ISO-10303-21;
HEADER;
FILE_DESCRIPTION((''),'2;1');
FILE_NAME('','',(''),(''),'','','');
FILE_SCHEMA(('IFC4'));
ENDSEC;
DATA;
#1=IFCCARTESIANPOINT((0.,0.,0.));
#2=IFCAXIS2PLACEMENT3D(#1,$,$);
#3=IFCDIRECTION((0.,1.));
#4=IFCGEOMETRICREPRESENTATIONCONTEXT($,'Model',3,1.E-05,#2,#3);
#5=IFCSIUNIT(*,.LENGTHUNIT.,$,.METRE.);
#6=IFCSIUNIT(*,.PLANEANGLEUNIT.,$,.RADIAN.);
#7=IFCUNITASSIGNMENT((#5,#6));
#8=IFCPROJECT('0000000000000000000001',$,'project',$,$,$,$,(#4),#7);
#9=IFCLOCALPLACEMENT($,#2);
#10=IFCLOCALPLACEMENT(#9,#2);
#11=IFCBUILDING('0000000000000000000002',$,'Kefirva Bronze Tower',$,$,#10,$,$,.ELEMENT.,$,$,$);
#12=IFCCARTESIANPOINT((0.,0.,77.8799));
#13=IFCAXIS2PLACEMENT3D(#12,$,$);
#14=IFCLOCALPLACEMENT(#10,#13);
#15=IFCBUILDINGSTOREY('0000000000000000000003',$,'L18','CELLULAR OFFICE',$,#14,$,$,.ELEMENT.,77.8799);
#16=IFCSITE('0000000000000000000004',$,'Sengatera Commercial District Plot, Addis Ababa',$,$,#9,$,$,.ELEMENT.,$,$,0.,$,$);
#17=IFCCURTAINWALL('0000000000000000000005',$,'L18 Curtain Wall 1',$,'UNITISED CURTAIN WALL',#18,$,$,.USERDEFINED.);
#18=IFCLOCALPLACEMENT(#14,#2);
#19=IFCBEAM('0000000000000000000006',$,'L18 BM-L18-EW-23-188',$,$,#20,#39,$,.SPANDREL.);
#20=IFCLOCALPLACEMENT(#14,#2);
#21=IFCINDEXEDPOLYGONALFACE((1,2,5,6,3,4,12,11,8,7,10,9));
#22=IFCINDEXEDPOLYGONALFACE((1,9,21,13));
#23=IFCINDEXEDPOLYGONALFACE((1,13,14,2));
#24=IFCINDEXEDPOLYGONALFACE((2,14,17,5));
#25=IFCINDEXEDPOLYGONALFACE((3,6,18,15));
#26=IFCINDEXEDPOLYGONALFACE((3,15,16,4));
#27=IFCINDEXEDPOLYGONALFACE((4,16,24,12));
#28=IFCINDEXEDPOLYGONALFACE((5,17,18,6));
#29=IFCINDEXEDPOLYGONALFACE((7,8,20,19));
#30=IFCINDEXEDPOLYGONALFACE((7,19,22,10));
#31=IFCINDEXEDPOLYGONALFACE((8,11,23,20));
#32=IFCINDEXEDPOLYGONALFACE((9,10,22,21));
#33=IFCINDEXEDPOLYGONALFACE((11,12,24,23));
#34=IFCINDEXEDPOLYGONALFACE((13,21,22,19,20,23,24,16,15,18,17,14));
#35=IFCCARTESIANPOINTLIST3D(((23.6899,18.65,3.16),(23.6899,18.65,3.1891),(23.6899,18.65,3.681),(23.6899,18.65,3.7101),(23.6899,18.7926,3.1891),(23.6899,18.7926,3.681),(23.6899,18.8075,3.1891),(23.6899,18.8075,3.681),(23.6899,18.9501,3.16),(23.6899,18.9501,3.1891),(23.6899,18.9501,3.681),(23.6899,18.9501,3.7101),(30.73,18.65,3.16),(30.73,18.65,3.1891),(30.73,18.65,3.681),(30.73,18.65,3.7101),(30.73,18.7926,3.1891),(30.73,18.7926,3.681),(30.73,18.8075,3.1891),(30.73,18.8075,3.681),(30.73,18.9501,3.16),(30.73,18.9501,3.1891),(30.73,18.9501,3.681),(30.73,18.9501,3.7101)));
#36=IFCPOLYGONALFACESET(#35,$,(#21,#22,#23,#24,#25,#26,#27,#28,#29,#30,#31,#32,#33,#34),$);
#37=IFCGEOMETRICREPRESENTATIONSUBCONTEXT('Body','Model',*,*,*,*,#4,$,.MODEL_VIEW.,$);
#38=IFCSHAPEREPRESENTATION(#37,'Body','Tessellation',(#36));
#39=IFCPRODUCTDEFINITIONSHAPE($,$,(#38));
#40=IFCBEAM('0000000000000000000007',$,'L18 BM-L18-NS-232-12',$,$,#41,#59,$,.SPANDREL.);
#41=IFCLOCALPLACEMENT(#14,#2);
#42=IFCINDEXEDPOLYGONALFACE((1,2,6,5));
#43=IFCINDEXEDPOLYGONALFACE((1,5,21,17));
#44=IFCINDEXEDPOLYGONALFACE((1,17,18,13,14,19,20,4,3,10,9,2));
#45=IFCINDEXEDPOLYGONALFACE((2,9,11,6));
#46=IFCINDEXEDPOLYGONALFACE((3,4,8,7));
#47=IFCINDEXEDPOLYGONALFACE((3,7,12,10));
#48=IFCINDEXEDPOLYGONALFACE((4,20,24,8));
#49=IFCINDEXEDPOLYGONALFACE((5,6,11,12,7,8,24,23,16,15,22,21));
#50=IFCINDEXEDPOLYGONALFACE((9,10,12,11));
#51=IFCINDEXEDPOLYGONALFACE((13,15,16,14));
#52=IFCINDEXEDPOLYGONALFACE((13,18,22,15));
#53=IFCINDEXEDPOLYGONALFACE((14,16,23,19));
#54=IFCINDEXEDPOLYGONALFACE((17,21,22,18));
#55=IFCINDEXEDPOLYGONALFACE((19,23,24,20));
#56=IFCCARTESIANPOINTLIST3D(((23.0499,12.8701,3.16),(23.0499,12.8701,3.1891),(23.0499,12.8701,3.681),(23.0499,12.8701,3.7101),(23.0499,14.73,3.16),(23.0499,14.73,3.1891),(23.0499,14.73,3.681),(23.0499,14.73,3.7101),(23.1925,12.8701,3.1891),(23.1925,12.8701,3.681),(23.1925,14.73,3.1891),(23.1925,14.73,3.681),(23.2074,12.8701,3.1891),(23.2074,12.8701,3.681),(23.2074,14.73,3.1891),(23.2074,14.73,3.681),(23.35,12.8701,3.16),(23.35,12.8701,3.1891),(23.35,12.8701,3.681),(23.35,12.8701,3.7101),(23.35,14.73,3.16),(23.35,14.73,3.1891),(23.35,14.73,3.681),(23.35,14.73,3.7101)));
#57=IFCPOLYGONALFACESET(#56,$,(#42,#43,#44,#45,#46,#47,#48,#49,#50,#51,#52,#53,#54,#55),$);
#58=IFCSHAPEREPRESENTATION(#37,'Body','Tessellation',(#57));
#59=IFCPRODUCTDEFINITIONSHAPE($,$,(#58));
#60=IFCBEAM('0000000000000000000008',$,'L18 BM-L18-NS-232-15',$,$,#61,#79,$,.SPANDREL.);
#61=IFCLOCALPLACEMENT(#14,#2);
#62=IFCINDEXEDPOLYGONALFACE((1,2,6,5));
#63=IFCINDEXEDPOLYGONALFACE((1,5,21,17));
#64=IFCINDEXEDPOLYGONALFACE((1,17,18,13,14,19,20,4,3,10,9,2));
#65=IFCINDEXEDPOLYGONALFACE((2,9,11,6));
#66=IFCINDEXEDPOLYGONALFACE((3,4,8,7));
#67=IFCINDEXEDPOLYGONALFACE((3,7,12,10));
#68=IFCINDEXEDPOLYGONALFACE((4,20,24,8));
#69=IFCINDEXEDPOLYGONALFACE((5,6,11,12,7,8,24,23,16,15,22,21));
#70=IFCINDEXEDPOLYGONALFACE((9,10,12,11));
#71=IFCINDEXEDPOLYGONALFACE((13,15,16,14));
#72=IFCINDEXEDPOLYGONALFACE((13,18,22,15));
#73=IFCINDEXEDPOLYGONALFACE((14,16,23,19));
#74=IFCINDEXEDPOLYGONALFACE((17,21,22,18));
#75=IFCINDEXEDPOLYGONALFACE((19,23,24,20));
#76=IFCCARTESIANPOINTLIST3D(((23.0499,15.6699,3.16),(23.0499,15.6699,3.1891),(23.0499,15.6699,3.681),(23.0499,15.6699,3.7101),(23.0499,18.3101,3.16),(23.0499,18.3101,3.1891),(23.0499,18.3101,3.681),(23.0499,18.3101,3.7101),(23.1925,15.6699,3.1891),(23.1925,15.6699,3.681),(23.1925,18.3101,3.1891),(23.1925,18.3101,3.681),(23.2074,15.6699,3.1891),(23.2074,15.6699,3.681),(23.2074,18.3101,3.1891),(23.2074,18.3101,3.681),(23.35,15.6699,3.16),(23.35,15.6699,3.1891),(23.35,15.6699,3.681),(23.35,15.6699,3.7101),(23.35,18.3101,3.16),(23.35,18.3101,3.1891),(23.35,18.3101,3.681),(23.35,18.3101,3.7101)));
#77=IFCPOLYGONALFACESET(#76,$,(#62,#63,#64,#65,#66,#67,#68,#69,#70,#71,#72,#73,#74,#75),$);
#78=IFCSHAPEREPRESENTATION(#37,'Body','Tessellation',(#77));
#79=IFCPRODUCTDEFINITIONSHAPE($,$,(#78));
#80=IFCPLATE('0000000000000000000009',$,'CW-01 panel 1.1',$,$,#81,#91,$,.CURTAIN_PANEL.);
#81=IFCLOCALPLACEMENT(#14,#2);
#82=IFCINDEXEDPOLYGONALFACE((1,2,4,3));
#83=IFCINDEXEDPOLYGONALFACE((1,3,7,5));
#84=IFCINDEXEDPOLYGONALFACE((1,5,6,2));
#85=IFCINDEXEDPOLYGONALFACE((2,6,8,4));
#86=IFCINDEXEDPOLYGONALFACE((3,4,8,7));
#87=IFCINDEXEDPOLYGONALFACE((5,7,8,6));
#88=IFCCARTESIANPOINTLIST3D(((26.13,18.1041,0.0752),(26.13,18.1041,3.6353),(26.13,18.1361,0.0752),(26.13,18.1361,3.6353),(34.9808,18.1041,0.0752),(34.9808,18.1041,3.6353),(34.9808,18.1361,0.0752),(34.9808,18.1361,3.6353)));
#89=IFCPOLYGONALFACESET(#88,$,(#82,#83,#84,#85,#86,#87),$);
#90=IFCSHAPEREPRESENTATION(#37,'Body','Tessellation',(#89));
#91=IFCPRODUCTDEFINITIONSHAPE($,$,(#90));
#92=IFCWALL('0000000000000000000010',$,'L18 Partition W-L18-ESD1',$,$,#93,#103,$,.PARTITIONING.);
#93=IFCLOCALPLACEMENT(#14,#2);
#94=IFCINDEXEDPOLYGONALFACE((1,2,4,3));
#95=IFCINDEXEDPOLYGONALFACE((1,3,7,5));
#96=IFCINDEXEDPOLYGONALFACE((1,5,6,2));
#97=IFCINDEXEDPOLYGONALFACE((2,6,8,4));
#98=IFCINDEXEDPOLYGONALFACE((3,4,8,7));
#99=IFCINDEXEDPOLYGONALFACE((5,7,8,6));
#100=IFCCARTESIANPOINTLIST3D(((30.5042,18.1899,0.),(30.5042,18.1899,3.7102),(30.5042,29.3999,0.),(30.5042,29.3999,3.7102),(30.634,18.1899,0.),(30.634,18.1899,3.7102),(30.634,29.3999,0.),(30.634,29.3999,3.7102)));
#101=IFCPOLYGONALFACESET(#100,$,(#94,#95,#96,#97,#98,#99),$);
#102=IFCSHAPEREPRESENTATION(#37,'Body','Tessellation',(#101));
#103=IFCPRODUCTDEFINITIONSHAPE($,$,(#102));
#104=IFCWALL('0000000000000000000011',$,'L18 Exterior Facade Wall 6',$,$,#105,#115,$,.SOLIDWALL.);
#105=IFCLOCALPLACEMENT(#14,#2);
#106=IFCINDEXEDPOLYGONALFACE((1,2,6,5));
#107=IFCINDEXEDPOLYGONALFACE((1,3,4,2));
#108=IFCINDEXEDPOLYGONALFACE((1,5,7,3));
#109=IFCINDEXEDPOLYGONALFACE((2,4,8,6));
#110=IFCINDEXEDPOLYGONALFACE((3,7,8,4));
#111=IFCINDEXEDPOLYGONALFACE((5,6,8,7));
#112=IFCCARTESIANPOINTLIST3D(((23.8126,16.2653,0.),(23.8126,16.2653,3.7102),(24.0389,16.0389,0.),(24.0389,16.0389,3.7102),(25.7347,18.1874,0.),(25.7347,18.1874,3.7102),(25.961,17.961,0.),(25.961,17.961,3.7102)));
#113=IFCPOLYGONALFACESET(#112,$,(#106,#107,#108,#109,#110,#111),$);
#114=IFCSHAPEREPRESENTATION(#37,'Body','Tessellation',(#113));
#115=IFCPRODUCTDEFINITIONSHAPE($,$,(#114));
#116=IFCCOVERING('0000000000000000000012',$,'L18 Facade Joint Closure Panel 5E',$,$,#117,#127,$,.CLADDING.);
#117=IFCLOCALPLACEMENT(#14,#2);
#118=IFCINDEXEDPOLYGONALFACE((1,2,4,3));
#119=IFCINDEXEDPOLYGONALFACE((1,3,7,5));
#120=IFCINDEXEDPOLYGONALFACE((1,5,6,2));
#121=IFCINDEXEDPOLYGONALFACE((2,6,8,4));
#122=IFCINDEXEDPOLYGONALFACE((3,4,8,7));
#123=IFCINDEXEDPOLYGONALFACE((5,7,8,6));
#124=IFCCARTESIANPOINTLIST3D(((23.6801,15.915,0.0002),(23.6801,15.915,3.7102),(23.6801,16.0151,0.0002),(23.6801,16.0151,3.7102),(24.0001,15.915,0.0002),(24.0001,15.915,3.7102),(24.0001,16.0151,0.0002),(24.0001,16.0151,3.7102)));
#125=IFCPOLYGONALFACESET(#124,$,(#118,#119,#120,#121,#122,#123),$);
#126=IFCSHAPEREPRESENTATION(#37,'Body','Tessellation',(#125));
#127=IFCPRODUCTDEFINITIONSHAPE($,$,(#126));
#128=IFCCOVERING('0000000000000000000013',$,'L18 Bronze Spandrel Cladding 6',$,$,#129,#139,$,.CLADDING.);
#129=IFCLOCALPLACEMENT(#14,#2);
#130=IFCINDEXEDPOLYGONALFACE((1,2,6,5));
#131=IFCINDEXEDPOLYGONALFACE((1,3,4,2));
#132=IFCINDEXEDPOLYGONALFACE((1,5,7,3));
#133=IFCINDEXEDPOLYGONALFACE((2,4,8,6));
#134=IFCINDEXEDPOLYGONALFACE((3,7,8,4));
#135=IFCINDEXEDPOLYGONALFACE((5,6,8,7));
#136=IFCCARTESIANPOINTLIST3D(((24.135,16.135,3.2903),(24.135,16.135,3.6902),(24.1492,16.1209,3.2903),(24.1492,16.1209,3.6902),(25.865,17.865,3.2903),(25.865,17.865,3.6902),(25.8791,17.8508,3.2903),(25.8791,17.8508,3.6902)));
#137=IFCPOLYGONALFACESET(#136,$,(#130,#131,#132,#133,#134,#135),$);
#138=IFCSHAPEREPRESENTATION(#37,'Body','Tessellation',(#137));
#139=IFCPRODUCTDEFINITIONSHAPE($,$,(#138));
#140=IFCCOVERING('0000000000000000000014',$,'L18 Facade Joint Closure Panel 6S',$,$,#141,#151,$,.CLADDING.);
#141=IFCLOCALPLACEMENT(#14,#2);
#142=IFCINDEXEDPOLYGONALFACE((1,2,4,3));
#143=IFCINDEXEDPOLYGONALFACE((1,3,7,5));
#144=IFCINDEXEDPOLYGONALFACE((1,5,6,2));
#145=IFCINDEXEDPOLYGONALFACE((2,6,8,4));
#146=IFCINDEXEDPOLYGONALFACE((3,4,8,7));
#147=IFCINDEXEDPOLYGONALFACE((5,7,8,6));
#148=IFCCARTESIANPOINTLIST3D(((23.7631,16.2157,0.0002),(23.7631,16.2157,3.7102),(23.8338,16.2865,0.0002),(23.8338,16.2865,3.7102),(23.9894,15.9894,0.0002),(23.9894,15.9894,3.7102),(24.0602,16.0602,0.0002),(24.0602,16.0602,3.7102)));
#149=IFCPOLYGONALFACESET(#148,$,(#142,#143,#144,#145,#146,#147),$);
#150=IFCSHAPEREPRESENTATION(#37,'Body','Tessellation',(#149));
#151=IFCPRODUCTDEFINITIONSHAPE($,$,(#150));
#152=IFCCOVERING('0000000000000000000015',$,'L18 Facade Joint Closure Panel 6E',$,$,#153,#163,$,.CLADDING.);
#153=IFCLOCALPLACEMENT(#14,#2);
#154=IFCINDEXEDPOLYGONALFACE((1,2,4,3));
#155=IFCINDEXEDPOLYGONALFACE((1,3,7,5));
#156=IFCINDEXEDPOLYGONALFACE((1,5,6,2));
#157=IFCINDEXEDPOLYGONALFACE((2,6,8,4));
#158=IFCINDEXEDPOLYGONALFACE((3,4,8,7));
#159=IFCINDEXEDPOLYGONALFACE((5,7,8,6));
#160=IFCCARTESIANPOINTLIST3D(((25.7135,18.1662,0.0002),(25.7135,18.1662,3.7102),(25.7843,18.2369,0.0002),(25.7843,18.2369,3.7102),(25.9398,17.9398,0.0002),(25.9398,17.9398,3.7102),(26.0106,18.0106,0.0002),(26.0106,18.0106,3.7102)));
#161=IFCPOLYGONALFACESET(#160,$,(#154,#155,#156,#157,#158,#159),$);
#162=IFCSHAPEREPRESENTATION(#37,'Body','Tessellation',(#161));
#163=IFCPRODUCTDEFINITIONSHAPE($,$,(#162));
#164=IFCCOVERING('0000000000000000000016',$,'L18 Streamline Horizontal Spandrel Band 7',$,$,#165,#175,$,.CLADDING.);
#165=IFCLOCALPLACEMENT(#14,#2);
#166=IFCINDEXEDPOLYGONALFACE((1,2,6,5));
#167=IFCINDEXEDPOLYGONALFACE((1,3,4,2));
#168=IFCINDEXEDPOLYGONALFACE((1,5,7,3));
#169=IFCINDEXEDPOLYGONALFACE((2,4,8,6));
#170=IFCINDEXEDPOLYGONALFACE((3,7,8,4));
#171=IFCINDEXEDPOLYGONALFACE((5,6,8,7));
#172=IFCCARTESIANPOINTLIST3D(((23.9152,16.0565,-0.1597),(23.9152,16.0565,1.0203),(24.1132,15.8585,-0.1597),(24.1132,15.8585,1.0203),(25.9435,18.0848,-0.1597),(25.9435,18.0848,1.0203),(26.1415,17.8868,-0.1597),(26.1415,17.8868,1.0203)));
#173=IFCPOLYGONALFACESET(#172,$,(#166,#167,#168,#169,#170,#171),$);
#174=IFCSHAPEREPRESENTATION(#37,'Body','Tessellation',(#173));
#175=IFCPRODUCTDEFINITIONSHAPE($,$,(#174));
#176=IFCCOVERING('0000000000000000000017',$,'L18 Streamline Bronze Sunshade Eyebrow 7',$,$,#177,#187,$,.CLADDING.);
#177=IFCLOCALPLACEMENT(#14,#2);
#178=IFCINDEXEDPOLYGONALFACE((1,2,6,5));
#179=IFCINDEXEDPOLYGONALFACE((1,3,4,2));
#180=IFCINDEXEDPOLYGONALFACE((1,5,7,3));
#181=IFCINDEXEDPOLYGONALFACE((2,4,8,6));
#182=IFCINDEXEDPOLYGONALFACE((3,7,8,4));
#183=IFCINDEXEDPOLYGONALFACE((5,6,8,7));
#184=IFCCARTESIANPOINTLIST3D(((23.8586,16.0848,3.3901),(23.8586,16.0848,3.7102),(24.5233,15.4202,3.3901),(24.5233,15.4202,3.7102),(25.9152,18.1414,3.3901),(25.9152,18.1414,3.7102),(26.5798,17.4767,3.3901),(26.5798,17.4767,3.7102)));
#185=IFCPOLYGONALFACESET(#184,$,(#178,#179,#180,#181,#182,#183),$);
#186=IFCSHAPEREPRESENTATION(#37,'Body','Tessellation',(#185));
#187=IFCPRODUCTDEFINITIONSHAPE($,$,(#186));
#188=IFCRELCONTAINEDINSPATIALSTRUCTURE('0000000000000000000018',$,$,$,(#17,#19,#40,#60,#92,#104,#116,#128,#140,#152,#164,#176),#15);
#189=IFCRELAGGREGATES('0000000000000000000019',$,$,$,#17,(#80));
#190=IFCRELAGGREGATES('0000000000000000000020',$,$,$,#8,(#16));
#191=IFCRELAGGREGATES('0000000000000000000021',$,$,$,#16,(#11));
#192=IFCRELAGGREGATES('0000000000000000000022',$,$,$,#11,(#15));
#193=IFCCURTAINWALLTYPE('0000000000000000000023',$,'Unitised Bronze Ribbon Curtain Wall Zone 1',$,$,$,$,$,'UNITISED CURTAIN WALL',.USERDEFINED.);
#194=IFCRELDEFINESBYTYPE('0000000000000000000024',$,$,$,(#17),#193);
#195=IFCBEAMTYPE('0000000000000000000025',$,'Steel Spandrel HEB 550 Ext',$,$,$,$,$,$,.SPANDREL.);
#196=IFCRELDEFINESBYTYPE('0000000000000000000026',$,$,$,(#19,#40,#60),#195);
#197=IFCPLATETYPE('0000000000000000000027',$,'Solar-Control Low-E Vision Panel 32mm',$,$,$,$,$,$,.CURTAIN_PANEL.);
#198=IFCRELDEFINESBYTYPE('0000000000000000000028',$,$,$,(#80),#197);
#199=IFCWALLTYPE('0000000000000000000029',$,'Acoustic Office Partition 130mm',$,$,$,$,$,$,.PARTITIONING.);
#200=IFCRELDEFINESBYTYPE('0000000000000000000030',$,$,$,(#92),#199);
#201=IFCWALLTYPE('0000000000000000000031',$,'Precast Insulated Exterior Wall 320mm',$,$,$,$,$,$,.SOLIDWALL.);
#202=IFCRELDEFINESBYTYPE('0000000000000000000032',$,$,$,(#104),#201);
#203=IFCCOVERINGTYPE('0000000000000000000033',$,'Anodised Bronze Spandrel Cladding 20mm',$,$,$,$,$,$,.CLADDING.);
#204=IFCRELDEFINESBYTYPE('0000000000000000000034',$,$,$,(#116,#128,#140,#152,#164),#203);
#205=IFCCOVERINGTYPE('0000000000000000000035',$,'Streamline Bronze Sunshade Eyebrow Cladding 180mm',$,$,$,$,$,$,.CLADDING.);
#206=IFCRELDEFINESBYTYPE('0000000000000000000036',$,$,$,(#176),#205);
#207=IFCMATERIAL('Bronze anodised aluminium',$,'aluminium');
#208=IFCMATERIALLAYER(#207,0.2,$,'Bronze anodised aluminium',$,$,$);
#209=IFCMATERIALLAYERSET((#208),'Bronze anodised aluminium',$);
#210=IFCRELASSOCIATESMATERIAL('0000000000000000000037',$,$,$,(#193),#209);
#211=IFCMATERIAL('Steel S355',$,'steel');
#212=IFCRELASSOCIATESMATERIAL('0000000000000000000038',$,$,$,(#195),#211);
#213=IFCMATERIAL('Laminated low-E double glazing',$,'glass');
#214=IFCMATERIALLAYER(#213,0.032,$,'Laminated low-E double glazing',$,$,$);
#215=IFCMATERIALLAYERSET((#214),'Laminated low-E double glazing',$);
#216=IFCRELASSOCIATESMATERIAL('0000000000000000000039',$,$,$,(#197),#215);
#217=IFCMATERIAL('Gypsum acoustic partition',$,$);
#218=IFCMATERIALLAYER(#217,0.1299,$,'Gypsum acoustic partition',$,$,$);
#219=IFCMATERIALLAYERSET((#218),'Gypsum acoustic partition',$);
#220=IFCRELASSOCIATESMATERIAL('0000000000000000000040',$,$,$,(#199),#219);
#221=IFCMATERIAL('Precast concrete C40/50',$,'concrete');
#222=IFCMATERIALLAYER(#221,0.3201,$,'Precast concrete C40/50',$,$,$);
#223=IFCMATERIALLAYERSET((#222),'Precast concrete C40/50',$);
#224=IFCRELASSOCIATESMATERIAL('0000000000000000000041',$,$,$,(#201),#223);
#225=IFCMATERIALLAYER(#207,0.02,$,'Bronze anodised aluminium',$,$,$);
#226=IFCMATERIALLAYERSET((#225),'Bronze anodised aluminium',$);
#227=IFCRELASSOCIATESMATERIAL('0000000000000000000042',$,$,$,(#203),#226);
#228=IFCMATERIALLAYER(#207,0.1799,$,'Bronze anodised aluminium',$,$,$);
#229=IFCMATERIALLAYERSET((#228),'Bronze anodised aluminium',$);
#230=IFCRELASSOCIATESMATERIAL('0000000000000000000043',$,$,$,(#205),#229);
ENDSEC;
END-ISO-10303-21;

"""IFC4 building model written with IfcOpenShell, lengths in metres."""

from ifc_helpers import new_model, si_unit, direction, frame, frame_2d, origin, origin_2d, place, context, subcontext, project, spatial, rectangle, i_section, extrude, material, layer, layer_set, material_profile, profile_set, type_object, element, aggregate, save


model = new_model("IFC4")

# Units and contexts
model_context = context("Model", 3, precision=1e-05, world=origin(), true_north=direction((0.0, 1.0)))
body_context = subcontext(model_context, "Body", "Model", "MODEL_VIEW")
ifc_project = project(units=[si_unit("LENGTHUNIT", "METRE"), si_unit("PLANEANGLEUNIT", "RADIAN")], contexts=[model_context])

# Site, building, storey
site_placement = place(None, origin())
site = spatial("IfcSite", under=ifc_project, at=site_placement, Name="Sengatera Commercial District Plot, Addis Ababa", CompositionType="ELEMENT", RefElevation=0.0)
building_placement = place(site_placement, origin())
building = spatial("IfcBuilding", under=site, at=building_placement, Name="Kefirva Bronze Tower", CompositionType="ELEMENT")
storey_placement = place(building_placement, frame((0.0, 0.0, 77.8799)))
storey = spatial("IfcBuildingStorey", under=building, at=storey_placement, Name="L18", Description="CELLULAR OFFICE", CompositionType="ELEMENT", Elevation=77.8799)

# Curtain wall
ifc_material_1 = material(Name="Bronze anodised aluminium", Category="aluminium")
ifc_layer_1 = layer(ifc_material_1, 0.2, Name="Bronze anodised aluminium")
ifc_layer_set_1 = layer_set([ifc_layer_1], Name="Bronze anodised aluminium")
curtain_wall_type = type_object("IfcCurtainWallType", Name="Unitised Bronze Ribbon Curtain Wall Zone 1", ElementType="UNITISED CURTAIN WALL", PredefinedType="USERDEFINED", material=ifc_layer_set_1)
curtain_wall_placement = place(storey_placement, origin())
curtain_wall = element("IfcCurtainWall", 1, at=curtain_wall_placement, inside=storey, type_object=curtain_wall_type, Name="L18 Curtain Wall 1", ObjectType="UNITISED CURTAIN WALL", PredefinedType="USERDEFINED")

# Beams
ifc_material_2 = material(Name="Steel S355", Category="steel")
ifc_material_profile_1 = material_profile(ifc_material_2, i_section(OverallWidth=0.3, OverallDepth=0.55, WebThickness=0.0149, FlangeThickness=0.0291, at=origin_2d()), Name="HEB 550")
ifc_profile_set_1 = profile_set([ifc_material_profile_1], Name="Steel S355")
beam_type_1 = type_object("IfcBeamType", Name="Steel Spandrel HEB 550 Ext", PredefinedType="SPANDREL", material=ifc_profile_set_1)
beam_1_placement = place(storey_placement, frame((23.6899, 18.8, 3.4351), z_axis=(1.0, 0.0, 0.0), x_axis=(0.0, 1.0, 0.0)))
element("IfcBeam", 2, at=beam_1_placement, inside=storey, type_object=beam_type_1, Name="L18 BM-L18-EW-23-188", PredefinedType="SPANDREL", context=body_context, shape_type="SweptSolid", body=[
    extrude(i_section(OverallWidth=0.3, OverallDepth=0.55, WebThickness=0.0149, FlangeThickness=0.0291, at=origin_2d()), origin(), (0.0, 0.0, 1.0), 7.04),
])
beam_2_placement = place(storey_placement, frame((23.2, 12.8701, 3.4351), z_axis=(0.0, 1.0, 0.0), x_axis=(-1.0, 0.0, 0.0)))
element("IfcBeam", 3, at=beam_2_placement, inside=storey, type_object=beam_type_1, Name="L18 BM-L18-NS-232-12", PredefinedType="SPANDREL", context=body_context, shape_type="SweptSolid", body=[
    extrude(i_section(OverallWidth=0.3, OverallDepth=0.55, WebThickness=0.0149, FlangeThickness=0.0291, at=origin_2d()), origin(), (0.0, 0.0, 1.0), 1.8599),
])
beam_3_placement = place(storey_placement, frame((23.2, 15.6699, 3.4351), z_axis=(0.0, 1.0, 0.0), x_axis=(-1.0, 0.0, 0.0)))
element("IfcBeam", 4, at=beam_3_placement, inside=storey, type_object=beam_type_1, Name="L18 BM-L18-NS-232-15", PredefinedType="SPANDREL", context=body_context, shape_type="SweptSolid", body=[
    extrude(i_section(OverallWidth=0.3, OverallDepth=0.55, WebThickness=0.0149, FlangeThickness=0.0291, at=origin_2d()), origin(), (0.0, 0.0, 1.0), 2.6401),
])

# Plate
ifc_material_3 = material(Name="Laminated low-E double glazing", Category="glass")
ifc_layer_2 = layer(ifc_material_3, 0.032, Name="Laminated low-E double glazing")
ifc_layer_set_2 = layer_set([ifc_layer_2], Name="Laminated low-E double glazing")
plate_type = type_object("IfcPlateType", Name="Solar-Control Low-E Vision Panel 32mm", PredefinedType="CURTAIN_PANEL", material=ifc_layer_set_2)
plate_placement = place(storey_placement, frame((30.5554, 18.1201, 0.0752), z_axis=(0.0, 0.0, 1.0), x_axis=(1.0, 0.0, 0.0)))
plate = element("IfcPlate", 5, at=plate_placement, type_object=plate_type, Name="CW-01 panel 1.1", PredefinedType="CURTAIN_PANEL", context=body_context, shape_type="SweptSolid", body=[
    extrude(rectangle(XDim=8.8508, YDim=0.032, at=origin_2d()), origin(), (0.0, 0.0, 1.0), 3.5601),
])
aggregate(curtain_wall, [plate])

# Walls
ifc_material_4 = material(Name="Gypsum acoustic partition")
ifc_layer_3 = layer(ifc_material_4, 0.1299, Name="Gypsum acoustic partition")
ifc_layer_set_3 = layer_set([ifc_layer_3], Name="Gypsum acoustic partition")
wall_type_1 = type_object("IfcWallType", Name="Acoustic Office Partition 130mm", PredefinedType="PARTITIONING", material=ifc_layer_set_3)
wall_1_placement = place(storey_placement, frame((30.5691, 18.1899, 0.0), z_axis=(0.0, 0.0, 1.0), x_axis=(0.0, 1.0, 0.0)))
element("IfcWall", 6, at=wall_1_placement, inside=storey, type_object=wall_type_1, Name="L18 Partition W-L18-ESD1", PredefinedType="PARTITIONING", context=body_context, shape_type="SweptSolid", body=[
    extrude(rectangle(XDim=11.21, YDim=0.1299, at=frame_2d((5.605, 0.0))), origin(), (0.0, 0.0, 1.0), 3.7102),
])
ifc_material_5 = material(Name="Precast concrete C40/50", Category="concrete")
ifc_layer_4 = layer(ifc_material_5, 0.3201, Name="Precast concrete C40/50")
ifc_layer_set_4 = layer_set([ifc_layer_4], Name="Precast concrete C40/50")
wall_type_2 = type_object("IfcWallType", Name="Precast Insulated Exterior Wall 320mm", PredefinedType="SOLIDWALL", material=ifc_layer_set_4)
wall_2_placement = place(storey_placement, frame((23.9258, 16.1521, 0.0), z_axis=(0.0, 0.0, 1.0), x_axis=(0.707107, 0.707107, 0.0)))
element("IfcWall", 7, at=wall_2_placement, inside=storey, type_object=wall_type_2, Name="L18 Exterior Facade Wall 6", PredefinedType="SOLIDWALL", context=body_context, shape_type="SweptSolid", body=[
    extrude(rectangle(XDim=2.7183, YDim=0.3201, at=frame_2d((1.3591, 0.0))), origin(), (0.0, 0.0, 1.0), 3.7102),
])

# Coverings
ifc_layer_5 = layer(ifc_material_1, 0.02, Name="Bronze anodised aluminium")
ifc_layer_set_5 = layer_set([ifc_layer_5], Name="Bronze anodised aluminium")
covering_type_1 = type_object("IfcCoveringType", Name="Anodised Bronze Spandrel Cladding 20mm", PredefinedType="CLADDING", material=ifc_layer_set_5)
covering_1_placement = place(storey_placement, frame((23.8401, 15.9651, 0.0002), z_axis=(0.0, 0.0, 1.0), x_axis=(0.0, 1.0, 0.0)))
element("IfcCovering", 8, at=covering_1_placement, inside=storey, type_object=covering_type_1, Name="L18 Facade Joint Closure Panel 5E", PredefinedType="CLADDING", context=body_context, shape_type="SweptSolid", body=[
    extrude(rectangle(XDim=0.1001, YDim=0.3201, at=origin_2d()), origin(), (0.0, 0.0, 1.0), 3.71),
])
covering_2_placement = place(storey_placement, frame((25.0071, 16.9929, 3.2903), z_axis=(0.0, 0.0, 1.0), x_axis=(0.707107, 0.707107, 0.0)))
element("IfcCovering", 9, at=covering_2_placement, inside=storey, type_object=covering_type_1, Name="L18 Bronze Spandrel Cladding 6", PredefinedType="CLADDING", context=body_context, shape_type="SweptSolid", body=[
    extrude(rectangle(XDim=2.4465, YDim=0.02, at=origin_2d()), origin(), (0.0, 0.0, 1.0), 0.3999),
])
for number, where, z_axis, x_axis, name in (
    (10, (23.9116, 16.1379, 0.0002), (0.0, 0.0, 1.0), (0.707107, 0.707107, 0.0), "L18 Facade Joint Closure Panel 6S"),
    (11, (25.8621, 18.0884, 0.0002), (0.0, 0.0, 1.0), (0.707107, 0.707107, 0.0), "L18 Facade Joint Closure Panel 6E"),
):
    element("IfcCovering", number, at=place(storey_placement, frame(where, z_axis=z_axis, x_axis=x_axis)), inside=storey, type_object=covering_type_1, Name=name, PredefinedType="CLADDING", context=body_context, shape_type="SweptSolid", body=[
        extrude(rectangle(XDim=0.1001, YDim=0.3201, at=origin_2d()), origin(), (0.0, 0.0, 1.0), 3.71),
    ])
covering_3_placement = place(storey_placement, frame((25.0283, 16.9717, -0.1597), z_axis=(0.0, 0.0, 1.0), x_axis=(0.707107, 0.707107, 0.0)))
element("IfcCovering", 12, at=covering_3_placement, inside=storey, type_object=covering_type_1, Name="L18 Streamline Horizontal Spandrel Band 7", PredefinedType="CLADDING", context=body_context, shape_type="SweptSolid", body=[
    extrude(rectangle(XDim=2.8684, YDim=0.28, at=origin_2d()), origin(), (0.0, 0.0, 1.0), 1.1799),
])
ifc_layer_6 = layer(ifc_material_1, 0.1799, Name="Bronze anodised aluminium")
ifc_layer_set_6 = layer_set([ifc_layer_6], Name="Bronze anodised aluminium")
covering_type_2 = type_object("IfcCoveringType", Name="Streamline Bronze Sunshade Eyebrow Cladding 180mm", PredefinedType="CLADDING", material=ifc_layer_set_6)
covering_4_placement = place(storey_placement, frame((25.2192, 16.7808, 3.3901), z_axis=(0.0, 0.0, 1.0), x_axis=(0.707107, 0.707107, 0.0)))
element("IfcCovering", 13, at=covering_4_placement, inside=storey, type_object=covering_type_2, Name="L18 Streamline Bronze Sunshade Eyebrow 7", PredefinedType="CLADDING", context=body_context, shape_type="SweptSolid", body=[
    extrude(rectangle(XDim=2.9084, YDim=0.9399, at=origin_2d()), origin(), (0.0, 0.0, 1.0), 0.3201),
])

save(model, "model.ifc")
